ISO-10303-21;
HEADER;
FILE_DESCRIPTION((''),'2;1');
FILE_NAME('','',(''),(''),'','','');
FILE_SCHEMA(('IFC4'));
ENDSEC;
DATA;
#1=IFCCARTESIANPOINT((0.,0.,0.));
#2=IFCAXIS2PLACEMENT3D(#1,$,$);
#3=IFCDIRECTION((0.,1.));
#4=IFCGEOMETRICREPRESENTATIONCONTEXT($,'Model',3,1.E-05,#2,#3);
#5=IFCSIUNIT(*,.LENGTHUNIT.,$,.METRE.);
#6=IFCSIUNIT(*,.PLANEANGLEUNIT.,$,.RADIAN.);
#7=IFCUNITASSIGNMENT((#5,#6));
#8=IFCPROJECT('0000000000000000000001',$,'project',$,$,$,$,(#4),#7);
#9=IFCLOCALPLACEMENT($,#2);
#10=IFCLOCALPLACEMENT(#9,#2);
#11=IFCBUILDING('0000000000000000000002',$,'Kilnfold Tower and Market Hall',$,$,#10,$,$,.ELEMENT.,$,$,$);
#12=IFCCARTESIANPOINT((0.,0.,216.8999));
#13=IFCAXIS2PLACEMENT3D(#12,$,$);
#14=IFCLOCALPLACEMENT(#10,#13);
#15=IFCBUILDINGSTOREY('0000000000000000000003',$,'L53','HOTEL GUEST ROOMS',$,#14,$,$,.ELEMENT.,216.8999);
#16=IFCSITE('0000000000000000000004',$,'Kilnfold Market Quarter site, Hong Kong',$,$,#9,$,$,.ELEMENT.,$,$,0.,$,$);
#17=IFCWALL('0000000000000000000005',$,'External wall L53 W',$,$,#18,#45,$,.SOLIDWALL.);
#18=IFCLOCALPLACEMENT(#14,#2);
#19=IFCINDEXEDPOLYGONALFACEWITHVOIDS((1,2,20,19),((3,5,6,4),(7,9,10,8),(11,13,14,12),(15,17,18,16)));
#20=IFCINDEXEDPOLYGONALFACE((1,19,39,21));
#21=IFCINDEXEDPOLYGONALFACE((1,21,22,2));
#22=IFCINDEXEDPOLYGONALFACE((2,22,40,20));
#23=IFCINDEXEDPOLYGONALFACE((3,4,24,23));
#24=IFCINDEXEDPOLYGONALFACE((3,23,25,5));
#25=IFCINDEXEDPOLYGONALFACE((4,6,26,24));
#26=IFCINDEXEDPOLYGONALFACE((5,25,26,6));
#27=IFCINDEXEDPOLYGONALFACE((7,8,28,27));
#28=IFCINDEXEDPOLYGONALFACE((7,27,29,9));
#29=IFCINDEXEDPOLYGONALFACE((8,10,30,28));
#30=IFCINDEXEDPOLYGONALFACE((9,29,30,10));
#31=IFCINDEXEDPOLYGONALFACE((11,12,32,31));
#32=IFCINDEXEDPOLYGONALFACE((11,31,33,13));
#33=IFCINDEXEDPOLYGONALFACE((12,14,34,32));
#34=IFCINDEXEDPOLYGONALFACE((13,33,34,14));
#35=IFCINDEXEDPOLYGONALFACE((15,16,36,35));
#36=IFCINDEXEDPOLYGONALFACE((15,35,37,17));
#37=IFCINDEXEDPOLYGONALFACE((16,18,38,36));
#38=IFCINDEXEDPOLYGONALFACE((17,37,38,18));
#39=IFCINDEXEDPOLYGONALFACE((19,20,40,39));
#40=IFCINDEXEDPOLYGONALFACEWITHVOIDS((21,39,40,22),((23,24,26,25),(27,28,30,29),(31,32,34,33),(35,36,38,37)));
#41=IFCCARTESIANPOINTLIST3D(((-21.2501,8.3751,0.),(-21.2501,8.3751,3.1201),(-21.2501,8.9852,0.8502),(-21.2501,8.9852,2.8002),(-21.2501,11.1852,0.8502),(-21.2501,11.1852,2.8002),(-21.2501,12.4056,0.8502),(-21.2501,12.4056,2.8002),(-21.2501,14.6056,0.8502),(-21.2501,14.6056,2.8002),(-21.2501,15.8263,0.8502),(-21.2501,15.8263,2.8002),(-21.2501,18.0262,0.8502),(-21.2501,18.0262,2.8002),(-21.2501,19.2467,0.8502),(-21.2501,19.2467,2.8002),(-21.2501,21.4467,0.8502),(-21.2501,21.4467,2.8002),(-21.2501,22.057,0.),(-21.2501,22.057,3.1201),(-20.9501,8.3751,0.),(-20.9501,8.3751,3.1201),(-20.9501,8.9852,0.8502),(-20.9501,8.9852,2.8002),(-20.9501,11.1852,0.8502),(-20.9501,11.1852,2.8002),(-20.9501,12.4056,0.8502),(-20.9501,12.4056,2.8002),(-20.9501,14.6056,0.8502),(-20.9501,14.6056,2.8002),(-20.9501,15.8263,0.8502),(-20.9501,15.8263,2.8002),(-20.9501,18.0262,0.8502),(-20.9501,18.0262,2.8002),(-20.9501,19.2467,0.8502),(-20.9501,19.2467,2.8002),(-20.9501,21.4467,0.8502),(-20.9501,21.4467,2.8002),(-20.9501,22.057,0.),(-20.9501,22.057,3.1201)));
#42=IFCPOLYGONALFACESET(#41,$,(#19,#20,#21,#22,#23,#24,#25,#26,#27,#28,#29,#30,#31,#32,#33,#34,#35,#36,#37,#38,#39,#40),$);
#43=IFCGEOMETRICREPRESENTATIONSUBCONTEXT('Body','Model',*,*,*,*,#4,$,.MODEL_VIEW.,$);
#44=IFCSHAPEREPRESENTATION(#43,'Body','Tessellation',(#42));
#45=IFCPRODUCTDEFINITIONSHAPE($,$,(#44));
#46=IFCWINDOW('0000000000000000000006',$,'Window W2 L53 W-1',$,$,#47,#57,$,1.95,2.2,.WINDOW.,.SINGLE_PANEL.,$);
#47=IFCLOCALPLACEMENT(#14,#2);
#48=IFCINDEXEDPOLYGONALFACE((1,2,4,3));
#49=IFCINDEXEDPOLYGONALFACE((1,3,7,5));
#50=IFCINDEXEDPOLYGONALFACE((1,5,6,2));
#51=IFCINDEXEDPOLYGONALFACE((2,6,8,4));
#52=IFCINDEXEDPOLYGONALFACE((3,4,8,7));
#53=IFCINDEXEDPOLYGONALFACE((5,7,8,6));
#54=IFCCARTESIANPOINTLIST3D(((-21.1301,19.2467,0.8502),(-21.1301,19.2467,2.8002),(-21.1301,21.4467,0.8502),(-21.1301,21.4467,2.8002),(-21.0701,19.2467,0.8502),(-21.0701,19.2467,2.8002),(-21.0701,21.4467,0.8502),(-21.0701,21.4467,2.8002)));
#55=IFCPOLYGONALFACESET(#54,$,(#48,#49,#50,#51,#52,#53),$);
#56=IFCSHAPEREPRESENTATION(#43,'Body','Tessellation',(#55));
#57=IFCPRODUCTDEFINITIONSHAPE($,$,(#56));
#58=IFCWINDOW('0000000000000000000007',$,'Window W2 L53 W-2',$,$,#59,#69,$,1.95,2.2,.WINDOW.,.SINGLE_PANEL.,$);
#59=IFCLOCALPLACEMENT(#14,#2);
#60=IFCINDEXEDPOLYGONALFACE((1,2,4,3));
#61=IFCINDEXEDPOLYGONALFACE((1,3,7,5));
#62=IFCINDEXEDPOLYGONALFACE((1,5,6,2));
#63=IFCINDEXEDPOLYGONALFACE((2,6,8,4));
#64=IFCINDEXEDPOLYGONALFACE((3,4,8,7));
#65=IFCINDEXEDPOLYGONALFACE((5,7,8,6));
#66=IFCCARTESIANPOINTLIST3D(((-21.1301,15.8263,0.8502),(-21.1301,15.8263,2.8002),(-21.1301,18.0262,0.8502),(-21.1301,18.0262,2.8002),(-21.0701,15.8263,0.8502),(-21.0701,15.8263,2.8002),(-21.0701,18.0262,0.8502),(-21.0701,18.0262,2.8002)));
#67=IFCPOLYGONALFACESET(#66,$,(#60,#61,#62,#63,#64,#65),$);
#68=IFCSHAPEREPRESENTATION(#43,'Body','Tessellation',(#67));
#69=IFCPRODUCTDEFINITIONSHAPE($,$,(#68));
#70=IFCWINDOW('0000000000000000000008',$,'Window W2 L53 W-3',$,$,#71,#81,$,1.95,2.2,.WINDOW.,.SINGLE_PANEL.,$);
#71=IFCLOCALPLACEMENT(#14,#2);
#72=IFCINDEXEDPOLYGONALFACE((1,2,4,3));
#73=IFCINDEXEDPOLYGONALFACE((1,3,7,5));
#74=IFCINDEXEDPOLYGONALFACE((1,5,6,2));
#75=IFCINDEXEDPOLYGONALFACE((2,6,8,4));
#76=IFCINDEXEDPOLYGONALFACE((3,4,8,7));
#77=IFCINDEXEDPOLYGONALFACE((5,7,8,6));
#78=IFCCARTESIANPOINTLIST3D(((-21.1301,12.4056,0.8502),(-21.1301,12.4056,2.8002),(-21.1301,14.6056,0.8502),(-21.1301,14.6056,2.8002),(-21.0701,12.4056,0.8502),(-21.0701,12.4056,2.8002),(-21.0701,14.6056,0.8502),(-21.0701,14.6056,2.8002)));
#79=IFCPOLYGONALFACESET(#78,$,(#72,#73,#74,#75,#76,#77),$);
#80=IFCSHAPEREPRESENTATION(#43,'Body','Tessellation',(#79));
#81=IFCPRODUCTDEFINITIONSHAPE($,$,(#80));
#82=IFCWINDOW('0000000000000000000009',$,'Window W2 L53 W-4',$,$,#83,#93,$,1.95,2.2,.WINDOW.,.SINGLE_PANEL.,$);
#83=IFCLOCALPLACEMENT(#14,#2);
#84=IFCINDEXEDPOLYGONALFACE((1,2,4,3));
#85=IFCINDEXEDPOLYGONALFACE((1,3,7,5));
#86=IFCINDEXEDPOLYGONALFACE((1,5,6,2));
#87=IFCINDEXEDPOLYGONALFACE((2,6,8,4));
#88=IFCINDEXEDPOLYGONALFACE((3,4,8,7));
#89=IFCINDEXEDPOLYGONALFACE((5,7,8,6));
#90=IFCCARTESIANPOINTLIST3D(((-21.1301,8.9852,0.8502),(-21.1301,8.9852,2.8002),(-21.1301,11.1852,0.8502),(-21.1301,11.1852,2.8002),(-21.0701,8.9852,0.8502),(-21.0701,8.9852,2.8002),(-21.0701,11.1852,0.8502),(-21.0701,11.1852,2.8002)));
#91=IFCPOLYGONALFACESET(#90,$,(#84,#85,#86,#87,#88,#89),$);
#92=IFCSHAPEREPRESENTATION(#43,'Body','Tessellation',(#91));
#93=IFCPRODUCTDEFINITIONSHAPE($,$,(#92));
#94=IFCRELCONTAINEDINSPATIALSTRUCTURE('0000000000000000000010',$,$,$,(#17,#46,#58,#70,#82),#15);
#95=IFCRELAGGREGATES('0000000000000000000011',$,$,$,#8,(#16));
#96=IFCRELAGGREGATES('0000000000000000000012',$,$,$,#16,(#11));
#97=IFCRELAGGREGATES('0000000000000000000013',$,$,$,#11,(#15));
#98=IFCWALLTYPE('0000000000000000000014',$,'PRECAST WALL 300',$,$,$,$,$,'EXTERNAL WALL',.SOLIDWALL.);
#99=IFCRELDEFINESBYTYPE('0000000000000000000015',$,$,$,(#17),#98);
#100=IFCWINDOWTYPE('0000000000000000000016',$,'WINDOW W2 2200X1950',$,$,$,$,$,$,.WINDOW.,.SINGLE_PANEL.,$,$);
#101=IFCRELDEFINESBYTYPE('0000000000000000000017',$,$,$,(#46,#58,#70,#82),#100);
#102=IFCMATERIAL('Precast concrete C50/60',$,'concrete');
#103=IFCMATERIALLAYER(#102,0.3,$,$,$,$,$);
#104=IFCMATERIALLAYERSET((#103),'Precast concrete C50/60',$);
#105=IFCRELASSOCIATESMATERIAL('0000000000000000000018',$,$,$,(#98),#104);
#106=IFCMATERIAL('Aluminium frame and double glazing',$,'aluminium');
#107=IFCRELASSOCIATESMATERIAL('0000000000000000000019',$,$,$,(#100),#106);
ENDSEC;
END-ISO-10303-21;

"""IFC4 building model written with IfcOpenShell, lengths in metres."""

from ifc_helpers import new_model, si_unit, direction, frame, frame_2d, origin, place, context, subcontext, project, spatial, rectangle, extrude, source, transform, mapped, material, layer, layer_set, type_object, element, fill, save


model = new_model("IFC4")

# Units and contexts
model_context = context("Model", 3, precision=1e-05, world=origin(), true_north=direction((0.0, 1.0)))
body_context = subcontext(model_context, "Body", "Model", "MODEL_VIEW")
ifc_project = project(units=[si_unit("LENGTHUNIT", "METRE"), si_unit("PLANEANGLEUNIT", "RADIAN")], contexts=[model_context])

# Site, building, storey
site_placement = place(None, origin())
site = spatial("IfcSite", under=ifc_project, at=site_placement, Name="Kilnfold Market Quarter site, Hong Kong", CompositionType="ELEMENT", RefElevation=0.0)
building_placement = place(site_placement, origin())
building = spatial("IfcBuilding", under=site, at=building_placement, Name="Kilnfold Tower and Market Hall", CompositionType="ELEMENT")
storey_placement = place(building_placement, frame((0.0, 0.0, 216.8999)))
storey = spatial("IfcBuildingStorey", under=building, at=storey_placement, Name="L53", Description="HOTEL GUEST ROOMS", CompositionType="ELEMENT", Elevation=216.8999)

# Shared definitions
ifc_material_1 = material(Name="Precast concrete C50/60", Category="concrete")
ifc_layer_1 = layer(ifc_material_1, 0.3)
ifc_layer_set_1 = layer_set([ifc_layer_1], Name="Precast concrete C50/60")
wall_type_1 = type_object("IfcWallType", Name="PRECAST WALL 300", ElementType="EXTERNAL WALL", PredefinedType="SOLIDWALL", material=ifc_layer_set_1)
ifc_material_2 = material(Name="Aluminium frame and double glazing", Category="aluminium")
window_type = type_object("IfcWindowType", Name="WINDOW W2 2200X1950", PartitioningType="SINGLE_PANEL", PredefinedType="WINDOW", material=ifc_material_2)

# Wall, openings, windows
shared_shape_1 = source(origin(), body_context, "Body", "SweptSolid", [
    extrude(rectangle(XDim=13.6819, YDim=0.3, at=frame_2d((6.8408, 0.0))), origin(), (0.0, 0.0, 1.0), 3.1201),
])
wall_1_placement = place(storey_placement, frame((-21.1001, 22.0569, 0.0), z_axis=(0.0, 0.0, 1.0), x_axis=(0.0, -1.0, 0.0)))
wall_1 = element("IfcWall", 1, at=wall_1_placement, inside=storey, type_object=wall_type_1, Name="External wall L53 W", PredefinedType="SOLIDWALL", context=body_context, shape_type="MappedRepresentation", body=[
    mapped(shared_shape_1, transform((0.0, 0.0, 0.0))),
])
opening_1_placement = place(wall_1_placement, frame((0.6101, 0.0, 0.8501)))
opening_1 = element("IfcOpeningElement", 2, at=opening_1_placement, cuts=wall_1, PredefinedType="OPENING", context=body_context, shape_type="SweptSolid", body=[
    extrude(rectangle(XDim=2.2, YDim=1.95, at=frame_2d((1.1001, 0.9751))), frame((0.0, 0.1602, 0.0), z_axis=(0.0, -1.0, 0.0), x_axis=(1.0, 0.0, 0.0)), (0.0, 0.0, 1.0), 0.3201),
])
opening_2_placement = place(wall_1_placement, frame((4.0305, 0.0, 0.8501)))
opening_2 = element("IfcOpeningElement", 3, at=opening_2_placement, cuts=wall_1, PredefinedType="OPENING", context=body_context, shape_type="SweptSolid", body=[
    extrude(rectangle(XDim=2.2, YDim=1.95, at=frame_2d((1.1001, 0.9751))), frame((0.0, 0.1602, 0.0), z_axis=(0.0, -1.0, 0.0), x_axis=(1.0, 0.0, 0.0)), (0.0, 0.0, 1.0), 0.3201),
])
opening_3_placement = place(wall_1_placement, frame((7.4512, 0.0, 0.8501)))
opening_3 = element("IfcOpeningElement", 4, at=opening_3_placement, cuts=wall_1, PredefinedType="OPENING", context=body_context, shape_type="SweptSolid", body=[
    extrude(rectangle(XDim=2.2, YDim=1.95, at=frame_2d((1.1001, 0.9751))), frame((0.0, 0.1602, 0.0), z_axis=(0.0, -1.0, 0.0), x_axis=(1.0, 0.0, 0.0)), (0.0, 0.0, 1.0), 0.3201),
])
opening_4_placement = place(wall_1_placement, frame((10.8716, 0.0, 0.8501)))
opening_4 = element("IfcOpeningElement", 5, at=opening_4_placement, cuts=wall_1, PredefinedType="OPENING", context=body_context, shape_type="SweptSolid", body=[
    extrude(rectangle(XDim=2.2, YDim=1.95, at=frame_2d((1.1001, 0.9751))), frame((0.0, 0.1602, 0.0), z_axis=(0.0, -1.0, 0.0), x_axis=(1.0, 0.0, 0.0)), (0.0, 0.0, 1.0), 0.3201),
])
window_1_placement = place(opening_1_placement, origin())
window_1 = element("IfcWindow", 6, at=window_1_placement, inside=storey, type_object=window_type, Name="Window W2 L53 W-1", OverallHeight=1.95, OverallWidth=2.2, PartitioningType="SINGLE_PANEL", PredefinedType="WINDOW", context=body_context, shape_type="SweptSolid", body=[
    extrude(rectangle(XDim=2.2, YDim=1.95, at=frame_2d((1.1001, 0.9751))), frame((0.0, 0.03, 0.0), z_axis=(0.0, -1.0, 0.0), x_axis=(1.0, 0.0, 0.0)), (0.0, 0.0, 1.0), 0.0601),
])
fill(opening_1, window_1)
window_2_placement = place(opening_2_placement, origin())
window_2 = element("IfcWindow", 7, at=window_2_placement, inside=storey, type_object=window_type, Name="Window W2 L53 W-2", OverallHeight=1.95, OverallWidth=2.2, PartitioningType="SINGLE_PANEL", PredefinedType="WINDOW", context=body_context, shape_type="SweptSolid", body=[
    extrude(rectangle(XDim=2.2, YDim=1.95, at=frame_2d((1.1001, 0.9751))), frame((0.0, 0.03, 0.0), z_axis=(0.0, -1.0, 0.0), x_axis=(1.0, 0.0, 0.0)), (0.0, 0.0, 1.0), 0.0601),
])
fill(opening_2, window_2)
window_3_placement = place(opening_3_placement, origin())
window_3 = element("IfcWindow", 8, at=window_3_placement, inside=storey, type_object=window_type, Name="Window W2 L53 W-3", OverallHeight=1.95, OverallWidth=2.2, PartitioningType="SINGLE_PANEL", PredefinedType="WINDOW", context=body_context, shape_type="SweptSolid", body=[
    extrude(rectangle(XDim=2.2, YDim=1.95, at=frame_2d((1.1001, 0.9751))), frame((0.0, 0.03, 0.0), z_axis=(0.0, -1.0, 0.0), x_axis=(1.0, 0.0, 0.0)), (0.0, 0.0, 1.0), 0.0601),
])
fill(opening_3, window_3)
window_4_placement = place(opening_4_placement, origin())
window_4 = element("IfcWindow", 9, at=window_4_placement, inside=storey, type_object=window_type, Name="Window W2 L53 W-4", OverallHeight=1.95, OverallWidth=2.2, PartitioningType="SINGLE_PANEL", PredefinedType="WINDOW", context=body_context, shape_type="SweptSolid", body=[
    extrude(rectangle(XDim=2.2, YDim=1.95, at=frame_2d((1.1001, 0.9751))), frame((0.0, 0.03, 0.0), z_axis=(0.0, -1.0, 0.0), x_axis=(1.0, 0.0, 0.0)), (0.0, 0.0, 1.0), 0.0601),
])
fill(opening_4, window_4)

save(model, "model.ifc")
